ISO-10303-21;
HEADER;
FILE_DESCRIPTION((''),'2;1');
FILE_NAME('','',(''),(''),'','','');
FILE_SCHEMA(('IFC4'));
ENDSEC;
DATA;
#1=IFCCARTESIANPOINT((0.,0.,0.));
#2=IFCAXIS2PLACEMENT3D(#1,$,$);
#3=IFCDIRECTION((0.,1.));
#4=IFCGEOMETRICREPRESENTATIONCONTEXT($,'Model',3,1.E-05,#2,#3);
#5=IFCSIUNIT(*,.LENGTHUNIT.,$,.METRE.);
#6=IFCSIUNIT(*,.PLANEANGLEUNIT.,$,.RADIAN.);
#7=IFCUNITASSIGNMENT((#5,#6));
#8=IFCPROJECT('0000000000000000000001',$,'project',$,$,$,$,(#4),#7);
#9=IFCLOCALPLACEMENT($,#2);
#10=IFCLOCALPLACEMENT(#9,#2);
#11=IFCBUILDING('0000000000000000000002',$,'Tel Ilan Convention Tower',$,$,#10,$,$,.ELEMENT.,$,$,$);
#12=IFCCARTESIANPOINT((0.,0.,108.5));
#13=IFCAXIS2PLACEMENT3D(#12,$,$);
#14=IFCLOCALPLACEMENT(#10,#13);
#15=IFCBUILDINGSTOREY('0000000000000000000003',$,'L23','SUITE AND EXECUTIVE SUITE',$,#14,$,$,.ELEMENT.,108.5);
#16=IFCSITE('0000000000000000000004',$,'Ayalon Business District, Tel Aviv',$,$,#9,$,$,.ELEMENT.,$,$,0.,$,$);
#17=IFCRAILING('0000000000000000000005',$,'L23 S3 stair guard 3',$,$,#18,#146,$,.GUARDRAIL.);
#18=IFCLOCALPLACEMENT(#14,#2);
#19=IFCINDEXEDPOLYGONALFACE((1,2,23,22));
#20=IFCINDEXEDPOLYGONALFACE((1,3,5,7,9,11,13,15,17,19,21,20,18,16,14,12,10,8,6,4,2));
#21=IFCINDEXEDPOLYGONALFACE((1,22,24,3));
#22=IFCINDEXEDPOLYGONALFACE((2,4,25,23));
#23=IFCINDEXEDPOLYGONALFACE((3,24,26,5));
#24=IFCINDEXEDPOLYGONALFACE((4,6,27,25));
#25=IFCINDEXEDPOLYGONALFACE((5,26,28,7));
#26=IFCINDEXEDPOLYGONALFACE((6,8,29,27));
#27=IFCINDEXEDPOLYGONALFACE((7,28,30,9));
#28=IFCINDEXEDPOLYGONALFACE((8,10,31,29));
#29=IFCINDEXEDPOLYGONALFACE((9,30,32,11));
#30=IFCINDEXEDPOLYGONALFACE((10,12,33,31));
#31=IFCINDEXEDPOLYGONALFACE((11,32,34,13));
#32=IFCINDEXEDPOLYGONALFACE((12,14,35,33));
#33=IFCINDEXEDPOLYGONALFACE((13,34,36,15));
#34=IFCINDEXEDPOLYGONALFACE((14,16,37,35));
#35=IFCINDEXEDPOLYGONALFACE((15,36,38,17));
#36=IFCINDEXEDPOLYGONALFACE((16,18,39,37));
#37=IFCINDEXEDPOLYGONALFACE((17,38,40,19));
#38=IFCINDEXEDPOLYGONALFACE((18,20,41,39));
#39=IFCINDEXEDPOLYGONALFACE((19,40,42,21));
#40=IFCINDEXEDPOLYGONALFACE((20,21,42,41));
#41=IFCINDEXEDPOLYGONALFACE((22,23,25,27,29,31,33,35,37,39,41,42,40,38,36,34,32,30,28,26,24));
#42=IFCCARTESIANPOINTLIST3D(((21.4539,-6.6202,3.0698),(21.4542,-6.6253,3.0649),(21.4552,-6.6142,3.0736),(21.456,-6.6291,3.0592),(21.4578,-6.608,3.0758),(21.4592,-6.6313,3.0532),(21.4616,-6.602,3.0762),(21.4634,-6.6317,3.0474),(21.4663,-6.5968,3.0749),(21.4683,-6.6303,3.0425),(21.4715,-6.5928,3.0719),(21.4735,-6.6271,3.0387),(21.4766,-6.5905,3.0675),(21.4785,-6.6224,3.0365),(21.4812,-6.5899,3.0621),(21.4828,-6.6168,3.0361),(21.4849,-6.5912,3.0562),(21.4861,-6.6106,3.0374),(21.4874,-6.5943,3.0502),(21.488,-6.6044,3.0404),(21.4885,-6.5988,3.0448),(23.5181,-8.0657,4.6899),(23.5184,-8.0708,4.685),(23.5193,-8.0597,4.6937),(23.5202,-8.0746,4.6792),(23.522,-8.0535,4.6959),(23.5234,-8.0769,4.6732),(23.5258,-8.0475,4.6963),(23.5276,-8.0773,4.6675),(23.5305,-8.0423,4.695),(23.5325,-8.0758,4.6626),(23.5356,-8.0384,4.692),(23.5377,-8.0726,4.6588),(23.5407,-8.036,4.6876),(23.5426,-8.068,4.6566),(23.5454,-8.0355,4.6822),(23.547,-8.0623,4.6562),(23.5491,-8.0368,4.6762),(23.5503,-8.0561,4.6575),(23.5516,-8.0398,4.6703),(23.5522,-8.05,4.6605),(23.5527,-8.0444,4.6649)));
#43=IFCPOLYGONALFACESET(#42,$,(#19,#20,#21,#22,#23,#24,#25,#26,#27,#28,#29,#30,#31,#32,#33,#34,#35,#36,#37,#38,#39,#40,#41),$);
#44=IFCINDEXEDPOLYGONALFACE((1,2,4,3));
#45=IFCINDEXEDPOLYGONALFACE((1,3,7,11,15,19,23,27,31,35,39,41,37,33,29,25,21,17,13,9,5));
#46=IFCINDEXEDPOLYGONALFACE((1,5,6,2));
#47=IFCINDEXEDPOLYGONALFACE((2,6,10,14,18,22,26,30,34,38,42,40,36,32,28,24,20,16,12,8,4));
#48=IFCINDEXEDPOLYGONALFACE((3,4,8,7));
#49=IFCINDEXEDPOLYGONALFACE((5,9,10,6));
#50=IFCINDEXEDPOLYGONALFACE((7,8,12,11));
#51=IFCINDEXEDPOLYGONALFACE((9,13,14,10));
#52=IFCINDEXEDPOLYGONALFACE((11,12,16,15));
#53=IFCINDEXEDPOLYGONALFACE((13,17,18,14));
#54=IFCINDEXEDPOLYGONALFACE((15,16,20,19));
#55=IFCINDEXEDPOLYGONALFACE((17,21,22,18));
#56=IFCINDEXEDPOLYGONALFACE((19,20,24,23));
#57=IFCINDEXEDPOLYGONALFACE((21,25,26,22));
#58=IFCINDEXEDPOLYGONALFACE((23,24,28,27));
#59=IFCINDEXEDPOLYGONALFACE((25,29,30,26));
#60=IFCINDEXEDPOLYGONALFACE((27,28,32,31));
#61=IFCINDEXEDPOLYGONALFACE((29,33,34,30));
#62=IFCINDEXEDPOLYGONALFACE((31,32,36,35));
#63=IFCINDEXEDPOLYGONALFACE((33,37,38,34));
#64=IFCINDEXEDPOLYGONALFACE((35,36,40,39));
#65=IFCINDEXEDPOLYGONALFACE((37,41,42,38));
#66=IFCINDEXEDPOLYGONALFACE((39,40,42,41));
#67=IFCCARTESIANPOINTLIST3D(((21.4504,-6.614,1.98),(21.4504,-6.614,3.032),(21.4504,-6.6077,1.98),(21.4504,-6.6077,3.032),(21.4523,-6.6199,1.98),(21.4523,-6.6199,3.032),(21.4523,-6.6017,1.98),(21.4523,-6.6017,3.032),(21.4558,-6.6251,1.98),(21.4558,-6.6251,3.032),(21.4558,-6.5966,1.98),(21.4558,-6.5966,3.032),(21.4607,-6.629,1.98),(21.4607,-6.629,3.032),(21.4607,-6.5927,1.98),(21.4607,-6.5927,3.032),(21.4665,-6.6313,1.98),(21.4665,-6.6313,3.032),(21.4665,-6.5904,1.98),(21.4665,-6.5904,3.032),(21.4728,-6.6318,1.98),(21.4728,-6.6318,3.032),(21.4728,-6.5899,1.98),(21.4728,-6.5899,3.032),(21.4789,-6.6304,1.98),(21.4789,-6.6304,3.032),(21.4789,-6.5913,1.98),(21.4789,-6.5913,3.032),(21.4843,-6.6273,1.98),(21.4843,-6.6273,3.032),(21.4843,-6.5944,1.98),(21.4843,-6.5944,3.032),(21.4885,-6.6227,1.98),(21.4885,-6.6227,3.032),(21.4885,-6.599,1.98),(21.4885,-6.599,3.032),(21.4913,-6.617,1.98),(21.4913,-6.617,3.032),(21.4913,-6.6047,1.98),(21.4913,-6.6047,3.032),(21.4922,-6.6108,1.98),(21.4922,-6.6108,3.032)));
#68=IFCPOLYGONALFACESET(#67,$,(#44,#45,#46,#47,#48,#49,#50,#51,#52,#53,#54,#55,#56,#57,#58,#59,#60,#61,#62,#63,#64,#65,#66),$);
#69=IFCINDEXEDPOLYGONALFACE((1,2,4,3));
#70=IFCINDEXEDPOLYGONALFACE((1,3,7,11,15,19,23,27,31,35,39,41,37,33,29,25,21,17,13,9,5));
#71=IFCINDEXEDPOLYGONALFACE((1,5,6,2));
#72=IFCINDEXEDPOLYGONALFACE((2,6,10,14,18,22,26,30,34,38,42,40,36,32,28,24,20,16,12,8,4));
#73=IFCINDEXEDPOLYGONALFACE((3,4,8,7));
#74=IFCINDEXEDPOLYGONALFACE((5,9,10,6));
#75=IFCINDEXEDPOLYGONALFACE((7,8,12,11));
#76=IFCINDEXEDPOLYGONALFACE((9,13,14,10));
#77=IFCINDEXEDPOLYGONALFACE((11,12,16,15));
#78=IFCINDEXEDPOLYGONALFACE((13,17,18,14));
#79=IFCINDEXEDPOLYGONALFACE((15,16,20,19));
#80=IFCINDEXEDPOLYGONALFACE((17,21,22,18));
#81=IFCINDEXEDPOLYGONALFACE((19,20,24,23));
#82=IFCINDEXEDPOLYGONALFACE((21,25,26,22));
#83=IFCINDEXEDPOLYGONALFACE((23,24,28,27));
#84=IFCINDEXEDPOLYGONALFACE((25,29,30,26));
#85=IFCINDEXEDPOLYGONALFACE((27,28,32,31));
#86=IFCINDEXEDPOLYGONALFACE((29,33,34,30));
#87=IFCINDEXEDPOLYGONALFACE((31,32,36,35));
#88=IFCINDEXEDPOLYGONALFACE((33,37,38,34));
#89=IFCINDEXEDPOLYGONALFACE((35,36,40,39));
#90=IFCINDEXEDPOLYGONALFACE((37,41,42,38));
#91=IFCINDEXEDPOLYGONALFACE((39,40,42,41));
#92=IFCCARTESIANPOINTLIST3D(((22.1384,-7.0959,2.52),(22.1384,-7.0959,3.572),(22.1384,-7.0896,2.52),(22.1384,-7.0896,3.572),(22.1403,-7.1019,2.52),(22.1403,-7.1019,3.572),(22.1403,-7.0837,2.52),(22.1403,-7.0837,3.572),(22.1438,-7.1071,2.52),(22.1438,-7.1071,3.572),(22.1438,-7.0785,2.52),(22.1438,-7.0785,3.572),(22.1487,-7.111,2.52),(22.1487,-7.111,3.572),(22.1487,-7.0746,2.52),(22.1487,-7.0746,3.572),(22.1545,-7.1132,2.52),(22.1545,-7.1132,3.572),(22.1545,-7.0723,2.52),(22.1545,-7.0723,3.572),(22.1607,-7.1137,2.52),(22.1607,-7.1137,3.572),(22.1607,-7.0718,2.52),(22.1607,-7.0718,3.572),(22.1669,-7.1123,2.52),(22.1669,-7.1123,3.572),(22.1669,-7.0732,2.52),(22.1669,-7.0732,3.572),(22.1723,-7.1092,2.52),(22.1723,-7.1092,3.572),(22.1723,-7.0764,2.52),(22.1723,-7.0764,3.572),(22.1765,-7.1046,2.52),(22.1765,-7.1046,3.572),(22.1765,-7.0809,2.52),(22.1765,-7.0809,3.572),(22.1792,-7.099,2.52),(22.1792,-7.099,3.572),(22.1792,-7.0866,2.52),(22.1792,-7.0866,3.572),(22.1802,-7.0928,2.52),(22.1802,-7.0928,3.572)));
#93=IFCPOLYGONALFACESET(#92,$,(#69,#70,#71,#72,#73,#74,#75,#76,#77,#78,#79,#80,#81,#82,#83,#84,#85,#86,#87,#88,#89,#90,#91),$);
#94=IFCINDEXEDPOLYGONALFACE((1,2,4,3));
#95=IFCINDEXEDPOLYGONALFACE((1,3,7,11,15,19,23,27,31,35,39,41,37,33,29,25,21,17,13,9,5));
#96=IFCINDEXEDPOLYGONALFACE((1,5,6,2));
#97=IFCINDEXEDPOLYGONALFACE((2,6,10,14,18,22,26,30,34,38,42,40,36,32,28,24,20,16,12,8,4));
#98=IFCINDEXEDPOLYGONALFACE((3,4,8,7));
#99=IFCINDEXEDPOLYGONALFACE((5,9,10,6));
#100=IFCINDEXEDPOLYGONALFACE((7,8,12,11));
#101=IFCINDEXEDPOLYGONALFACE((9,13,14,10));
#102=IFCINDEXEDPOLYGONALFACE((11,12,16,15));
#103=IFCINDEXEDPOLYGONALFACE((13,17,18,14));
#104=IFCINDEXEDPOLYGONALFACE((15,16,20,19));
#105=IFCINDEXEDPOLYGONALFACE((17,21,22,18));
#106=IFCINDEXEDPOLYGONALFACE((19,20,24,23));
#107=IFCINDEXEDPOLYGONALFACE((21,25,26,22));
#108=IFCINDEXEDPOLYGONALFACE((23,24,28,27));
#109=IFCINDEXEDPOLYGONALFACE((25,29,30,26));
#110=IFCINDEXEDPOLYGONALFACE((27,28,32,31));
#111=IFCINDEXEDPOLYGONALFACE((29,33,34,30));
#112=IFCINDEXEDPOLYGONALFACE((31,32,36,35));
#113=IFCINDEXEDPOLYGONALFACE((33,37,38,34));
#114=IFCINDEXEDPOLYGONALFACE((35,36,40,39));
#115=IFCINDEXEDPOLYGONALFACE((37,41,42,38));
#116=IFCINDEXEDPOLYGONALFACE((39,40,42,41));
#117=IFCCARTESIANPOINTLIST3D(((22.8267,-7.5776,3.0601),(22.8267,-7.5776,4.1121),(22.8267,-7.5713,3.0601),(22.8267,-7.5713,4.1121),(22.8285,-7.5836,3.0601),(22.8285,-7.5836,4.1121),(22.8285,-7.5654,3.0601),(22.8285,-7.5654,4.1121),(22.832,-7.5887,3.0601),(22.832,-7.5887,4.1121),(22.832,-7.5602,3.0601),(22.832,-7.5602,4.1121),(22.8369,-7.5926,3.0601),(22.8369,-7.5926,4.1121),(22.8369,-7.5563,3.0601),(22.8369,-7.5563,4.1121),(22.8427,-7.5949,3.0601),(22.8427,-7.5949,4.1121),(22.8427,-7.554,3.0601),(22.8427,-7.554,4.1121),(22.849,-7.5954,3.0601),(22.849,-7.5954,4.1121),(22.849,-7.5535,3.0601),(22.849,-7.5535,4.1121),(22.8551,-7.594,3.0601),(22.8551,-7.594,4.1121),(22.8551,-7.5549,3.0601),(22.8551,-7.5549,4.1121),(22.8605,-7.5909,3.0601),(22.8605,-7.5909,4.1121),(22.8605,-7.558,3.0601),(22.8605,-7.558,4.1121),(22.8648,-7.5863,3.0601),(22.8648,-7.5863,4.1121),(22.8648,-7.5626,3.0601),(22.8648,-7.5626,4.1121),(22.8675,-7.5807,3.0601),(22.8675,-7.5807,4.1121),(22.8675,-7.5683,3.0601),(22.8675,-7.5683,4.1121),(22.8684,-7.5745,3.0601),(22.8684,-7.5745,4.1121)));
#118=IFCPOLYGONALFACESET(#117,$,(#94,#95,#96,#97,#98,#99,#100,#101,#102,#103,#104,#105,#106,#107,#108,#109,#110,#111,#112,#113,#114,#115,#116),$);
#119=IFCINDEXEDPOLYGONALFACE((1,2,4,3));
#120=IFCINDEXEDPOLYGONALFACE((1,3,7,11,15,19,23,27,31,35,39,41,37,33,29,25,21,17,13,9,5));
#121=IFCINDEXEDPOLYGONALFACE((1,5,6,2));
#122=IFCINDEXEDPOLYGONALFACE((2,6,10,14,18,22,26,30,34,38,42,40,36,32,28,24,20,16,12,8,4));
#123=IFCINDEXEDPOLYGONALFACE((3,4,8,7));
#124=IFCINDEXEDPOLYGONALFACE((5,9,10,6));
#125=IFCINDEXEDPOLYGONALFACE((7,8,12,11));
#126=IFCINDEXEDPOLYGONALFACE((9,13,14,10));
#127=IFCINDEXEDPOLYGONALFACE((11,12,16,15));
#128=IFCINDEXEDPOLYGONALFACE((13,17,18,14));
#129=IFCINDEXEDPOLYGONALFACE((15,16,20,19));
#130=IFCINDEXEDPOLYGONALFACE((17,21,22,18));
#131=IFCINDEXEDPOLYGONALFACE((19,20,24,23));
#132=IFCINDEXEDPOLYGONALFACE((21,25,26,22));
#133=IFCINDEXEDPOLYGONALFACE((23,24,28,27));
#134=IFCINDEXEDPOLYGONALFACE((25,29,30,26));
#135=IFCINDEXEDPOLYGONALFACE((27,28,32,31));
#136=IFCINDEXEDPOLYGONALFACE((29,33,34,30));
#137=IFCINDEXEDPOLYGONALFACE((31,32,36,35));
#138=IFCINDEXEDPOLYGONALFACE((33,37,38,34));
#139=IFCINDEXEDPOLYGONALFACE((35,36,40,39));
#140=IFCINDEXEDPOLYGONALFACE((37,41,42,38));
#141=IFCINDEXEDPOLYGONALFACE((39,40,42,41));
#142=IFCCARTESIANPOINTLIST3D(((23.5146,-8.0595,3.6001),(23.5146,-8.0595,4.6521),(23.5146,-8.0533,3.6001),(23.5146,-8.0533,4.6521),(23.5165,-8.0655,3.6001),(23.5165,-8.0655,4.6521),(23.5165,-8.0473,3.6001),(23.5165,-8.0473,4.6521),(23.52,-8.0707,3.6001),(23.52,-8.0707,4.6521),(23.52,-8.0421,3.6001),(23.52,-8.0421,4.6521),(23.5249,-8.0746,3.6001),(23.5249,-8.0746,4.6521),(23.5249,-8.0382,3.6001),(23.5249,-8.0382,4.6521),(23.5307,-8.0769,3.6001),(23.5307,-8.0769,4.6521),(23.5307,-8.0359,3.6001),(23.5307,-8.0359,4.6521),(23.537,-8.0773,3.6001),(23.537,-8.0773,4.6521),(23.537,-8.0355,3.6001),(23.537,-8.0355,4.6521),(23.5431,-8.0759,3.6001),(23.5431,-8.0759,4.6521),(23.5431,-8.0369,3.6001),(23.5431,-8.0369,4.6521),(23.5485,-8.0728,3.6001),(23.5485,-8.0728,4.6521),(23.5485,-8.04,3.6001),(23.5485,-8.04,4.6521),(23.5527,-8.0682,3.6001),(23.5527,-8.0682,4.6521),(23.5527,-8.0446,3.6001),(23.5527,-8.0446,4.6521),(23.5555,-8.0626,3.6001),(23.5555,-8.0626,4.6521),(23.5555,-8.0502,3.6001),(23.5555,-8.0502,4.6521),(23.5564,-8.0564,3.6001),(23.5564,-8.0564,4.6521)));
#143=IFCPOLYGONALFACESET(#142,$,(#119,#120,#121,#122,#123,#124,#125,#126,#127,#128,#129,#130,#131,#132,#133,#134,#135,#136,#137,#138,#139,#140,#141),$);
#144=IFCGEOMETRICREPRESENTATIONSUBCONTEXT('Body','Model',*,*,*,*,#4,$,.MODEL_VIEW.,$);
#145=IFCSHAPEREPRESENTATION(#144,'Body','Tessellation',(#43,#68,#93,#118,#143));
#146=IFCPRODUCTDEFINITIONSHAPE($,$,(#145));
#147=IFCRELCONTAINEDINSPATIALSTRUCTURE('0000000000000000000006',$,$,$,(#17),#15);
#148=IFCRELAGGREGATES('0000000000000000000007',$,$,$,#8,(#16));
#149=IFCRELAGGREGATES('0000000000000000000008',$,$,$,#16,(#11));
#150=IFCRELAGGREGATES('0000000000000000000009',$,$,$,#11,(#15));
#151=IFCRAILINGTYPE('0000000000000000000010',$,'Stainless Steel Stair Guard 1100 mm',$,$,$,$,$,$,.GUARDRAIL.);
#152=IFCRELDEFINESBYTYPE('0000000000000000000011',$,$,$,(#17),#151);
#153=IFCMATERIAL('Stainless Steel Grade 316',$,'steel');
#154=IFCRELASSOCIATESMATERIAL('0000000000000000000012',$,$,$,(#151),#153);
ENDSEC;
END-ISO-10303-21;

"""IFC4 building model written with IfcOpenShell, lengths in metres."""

from ifc_helpers import new_model, si_unit, direction, frame, origin, origin_2d, place, context, subcontext, project, spatial, circle, extrude, material, type_object, element, save


model = new_model("IFC4")

# Units and contexts
model_context = context("Model", 3, precision=1e-05, world=origin(), true_north=direction((0.0, 1.0)))
body_context = subcontext(model_context, "Body", "Model", "MODEL_VIEW")
ifc_project = project(units=[si_unit("LENGTHUNIT", "METRE"), si_unit("PLANEANGLEUNIT", "RADIAN")], contexts=[model_context])

# Site, building, storey
site_placement = place(None, origin())
site = spatial("IfcSite", under=ifc_project, at=site_placement, Name="Ayalon Business District, Tel Aviv", CompositionType="ELEMENT", RefElevation=0.0)
building_placement = place(site_placement, origin())
building = spatial("IfcBuilding", under=site, at=building_placement, Name="Tel Ilan Convention Tower", CompositionType="ELEMENT")
storey_placement = place(building_placement, frame((0.0, 0.0, 108.5)))
storey = spatial("IfcBuildingStorey", under=building, at=storey_placement, Name="L23", Description="SUITE AND EXECUTIVE SUITE", CompositionType="ELEMENT", Elevation=108.5)

# Railing
ifc_material_1 = material(Name="Stainless Steel Grade 316", Category="steel")
railing_type_1 = type_object("IfcRailingType", Name="Stainless Steel Stair Guard 1100 mm", PredefinedType="GUARDRAIL", material=ifc_material_1)
railing_1_placement = place(storey_placement, frame((21.4712, -6.6108, 1.98)))
element("IfcRailing", 1, at=railing_1_placement, inside=storey, type_object=railing_type_1, Name="L23 S3 stair guard 3", PredefinedType="GUARDRAIL", context=body_context, shape_type="SweptSolid", body=[
    extrude(circle(Radius=0.0239, at=origin_2d()), frame((0.0, 0.0, 1.0762), z_axis=(0.689013, -0.482513, 0.540779), x_axis=(0.573625, 0.819118, 0.0)), (0.0, 0.0, 1.0), 2.9958),
    extrude(circle(Radius=0.021, at=origin_2d()), origin(), (0.0, 0.0, 1.0), 1.052),
    extrude(circle(Radius=0.021, at=origin_2d()), frame((0.688, -0.4819, 0.54)), (0.0, 0.0, 1.0), 1.052),
    extrude(circle(Radius=0.021, at=origin_2d()), frame((1.3762, -0.9636, 1.0801)), (0.0, 0.0, 1.0), 1.052),
    extrude(circle(Radius=0.021, at=origin_2d()), frame((2.0642, -1.4456, 1.6201)), (0.0, 0.0, 1.0), 1.052),
])

save(model, "model.ifc")
